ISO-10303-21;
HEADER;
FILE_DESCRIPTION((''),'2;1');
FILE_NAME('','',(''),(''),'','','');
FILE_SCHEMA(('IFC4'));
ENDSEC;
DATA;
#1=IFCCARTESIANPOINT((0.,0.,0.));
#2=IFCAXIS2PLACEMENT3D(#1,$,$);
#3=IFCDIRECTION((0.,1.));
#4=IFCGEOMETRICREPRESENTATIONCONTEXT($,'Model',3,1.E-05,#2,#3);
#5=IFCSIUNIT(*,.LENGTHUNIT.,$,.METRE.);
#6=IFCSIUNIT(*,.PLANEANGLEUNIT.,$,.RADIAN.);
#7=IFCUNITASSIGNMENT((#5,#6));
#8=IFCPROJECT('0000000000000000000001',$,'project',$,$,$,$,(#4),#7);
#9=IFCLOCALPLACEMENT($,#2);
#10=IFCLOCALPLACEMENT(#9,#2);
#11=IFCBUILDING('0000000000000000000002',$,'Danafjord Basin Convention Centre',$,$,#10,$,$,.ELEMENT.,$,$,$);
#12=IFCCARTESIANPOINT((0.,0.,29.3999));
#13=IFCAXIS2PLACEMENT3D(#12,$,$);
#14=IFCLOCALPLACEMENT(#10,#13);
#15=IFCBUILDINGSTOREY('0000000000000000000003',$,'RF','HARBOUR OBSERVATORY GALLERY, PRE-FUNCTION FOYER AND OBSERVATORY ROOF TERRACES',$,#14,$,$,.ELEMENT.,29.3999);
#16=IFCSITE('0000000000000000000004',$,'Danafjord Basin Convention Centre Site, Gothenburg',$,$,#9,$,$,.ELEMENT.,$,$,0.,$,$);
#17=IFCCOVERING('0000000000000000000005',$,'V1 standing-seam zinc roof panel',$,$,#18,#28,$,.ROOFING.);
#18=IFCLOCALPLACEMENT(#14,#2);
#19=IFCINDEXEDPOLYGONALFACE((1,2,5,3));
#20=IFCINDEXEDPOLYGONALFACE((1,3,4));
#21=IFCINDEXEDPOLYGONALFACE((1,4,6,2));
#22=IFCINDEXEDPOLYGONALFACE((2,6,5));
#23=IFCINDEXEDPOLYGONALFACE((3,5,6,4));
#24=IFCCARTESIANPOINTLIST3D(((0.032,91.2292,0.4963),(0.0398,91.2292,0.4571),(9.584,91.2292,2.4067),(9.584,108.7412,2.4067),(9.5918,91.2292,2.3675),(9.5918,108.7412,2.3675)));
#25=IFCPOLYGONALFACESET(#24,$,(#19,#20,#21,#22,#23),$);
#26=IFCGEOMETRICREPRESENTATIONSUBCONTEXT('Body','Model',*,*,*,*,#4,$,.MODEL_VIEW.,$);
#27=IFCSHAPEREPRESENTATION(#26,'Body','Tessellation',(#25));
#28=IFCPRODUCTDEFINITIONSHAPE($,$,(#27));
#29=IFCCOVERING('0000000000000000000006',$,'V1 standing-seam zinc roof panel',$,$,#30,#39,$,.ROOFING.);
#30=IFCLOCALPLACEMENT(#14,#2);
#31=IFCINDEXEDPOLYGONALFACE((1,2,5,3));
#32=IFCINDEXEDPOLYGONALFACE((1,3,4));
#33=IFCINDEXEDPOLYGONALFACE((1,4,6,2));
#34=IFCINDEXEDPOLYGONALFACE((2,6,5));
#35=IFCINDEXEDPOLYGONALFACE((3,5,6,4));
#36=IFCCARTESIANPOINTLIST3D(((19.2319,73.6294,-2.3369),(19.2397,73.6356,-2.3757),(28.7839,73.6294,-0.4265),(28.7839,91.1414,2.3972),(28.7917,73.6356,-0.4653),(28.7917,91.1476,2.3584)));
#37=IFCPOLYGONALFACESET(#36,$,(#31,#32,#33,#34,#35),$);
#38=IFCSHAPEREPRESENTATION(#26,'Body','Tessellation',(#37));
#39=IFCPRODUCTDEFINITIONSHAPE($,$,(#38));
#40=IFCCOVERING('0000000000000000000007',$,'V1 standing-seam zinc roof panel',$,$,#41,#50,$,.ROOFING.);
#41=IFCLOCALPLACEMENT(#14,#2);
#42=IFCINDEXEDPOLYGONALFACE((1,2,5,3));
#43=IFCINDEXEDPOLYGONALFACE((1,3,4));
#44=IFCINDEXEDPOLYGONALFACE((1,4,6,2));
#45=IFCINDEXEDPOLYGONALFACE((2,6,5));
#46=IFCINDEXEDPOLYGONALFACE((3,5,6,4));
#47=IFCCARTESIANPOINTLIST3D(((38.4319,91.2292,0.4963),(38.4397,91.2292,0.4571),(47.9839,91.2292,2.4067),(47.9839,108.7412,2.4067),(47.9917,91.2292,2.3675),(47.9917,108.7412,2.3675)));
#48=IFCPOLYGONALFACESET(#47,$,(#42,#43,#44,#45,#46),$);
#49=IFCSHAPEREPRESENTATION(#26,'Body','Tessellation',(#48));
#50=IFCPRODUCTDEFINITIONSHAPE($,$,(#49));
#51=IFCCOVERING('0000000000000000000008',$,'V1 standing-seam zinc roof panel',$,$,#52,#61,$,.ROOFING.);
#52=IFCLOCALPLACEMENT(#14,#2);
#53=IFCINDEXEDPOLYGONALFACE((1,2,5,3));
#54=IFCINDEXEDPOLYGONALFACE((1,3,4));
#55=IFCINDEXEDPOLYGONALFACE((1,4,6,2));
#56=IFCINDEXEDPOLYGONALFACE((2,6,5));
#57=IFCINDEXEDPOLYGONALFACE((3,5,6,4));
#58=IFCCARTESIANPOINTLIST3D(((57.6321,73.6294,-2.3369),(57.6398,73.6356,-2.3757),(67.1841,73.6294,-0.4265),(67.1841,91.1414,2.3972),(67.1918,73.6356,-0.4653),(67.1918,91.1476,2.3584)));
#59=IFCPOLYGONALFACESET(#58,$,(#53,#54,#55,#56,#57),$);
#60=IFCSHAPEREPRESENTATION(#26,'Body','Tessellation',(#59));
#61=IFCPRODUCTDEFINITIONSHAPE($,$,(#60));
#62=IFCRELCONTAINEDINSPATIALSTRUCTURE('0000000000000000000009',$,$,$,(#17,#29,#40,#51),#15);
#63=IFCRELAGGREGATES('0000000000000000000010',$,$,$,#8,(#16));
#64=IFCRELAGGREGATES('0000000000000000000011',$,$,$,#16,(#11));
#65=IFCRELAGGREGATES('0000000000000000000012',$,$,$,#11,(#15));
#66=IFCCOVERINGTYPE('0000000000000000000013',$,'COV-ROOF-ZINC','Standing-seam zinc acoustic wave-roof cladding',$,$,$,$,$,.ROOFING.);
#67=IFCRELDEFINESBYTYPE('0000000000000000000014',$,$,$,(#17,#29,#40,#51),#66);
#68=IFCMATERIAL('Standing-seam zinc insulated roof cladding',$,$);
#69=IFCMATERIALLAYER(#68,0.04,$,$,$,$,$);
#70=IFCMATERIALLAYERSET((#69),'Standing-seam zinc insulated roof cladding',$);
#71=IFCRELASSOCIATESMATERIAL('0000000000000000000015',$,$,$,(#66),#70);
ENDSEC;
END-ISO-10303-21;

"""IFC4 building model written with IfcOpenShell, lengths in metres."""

from ifc_helpers import new_model, si_unit, direction, frame, origin, place, context, subcontext, project, spatial, polyline, outline, extrude, material, layer, layer_set, type_object, element, save


model = new_model("IFC4")

# Units and contexts
model_context = context("Model", 3, precision=1e-05, world=origin(), true_north=direction((0.0, 1.0)))
body_context = subcontext(model_context, "Body", "Model", "MODEL_VIEW")
ifc_project = project(units=[si_unit("LENGTHUNIT", "METRE"), si_unit("PLANEANGLEUNIT", "RADIAN")], contexts=[model_context])

# Site, building, storey
site_placement = place(None, origin())
site = spatial("IfcSite", under=ifc_project, at=site_placement, Name="Danafjord Basin Convention Centre Site, Gothenburg", CompositionType="ELEMENT", RefElevation=0.0)
building_placement = place(site_placement, origin())
building = spatial("IfcBuilding", under=site, at=building_placement, Name="Danafjord Basin Convention Centre", CompositionType="ELEMENT")
storey_placement = place(building_placement, frame((0.0, 0.0, 29.3999)))
storey = spatial("IfcBuildingStorey", under=building, at=storey_placement, Name="RF", Description="HARBOUR OBSERVATORY GALLERY, PRE-FUNCTION FOYER AND OBSERVATORY ROOF TERRACES", CompositionType="ELEMENT", Elevation=29.3999)

# Coverings
ifc_material_1 = material(Name="Standing-seam zinc insulated roof cladding")
ifc_layer_1 = layer(ifc_material_1, 0.04)
ifc_layer_set_1 = layer_set([ifc_layer_1], Name="Standing-seam zinc insulated roof cladding")
covering_type = type_object("IfcCoveringType", Name="COV-ROOF-ZINC", Description="Standing-seam zinc acoustic wave-roof cladding", PredefinedType="ROOFING", material=ifc_layer_set_1)
covering_1_placement = place(storey_placement, frame((0.032, 91.2292, 0.4963), z_axis=(-0.196116, 0.0, 0.980581), x_axis=(0.980581, 0.0, 0.196116)))
element("IfcCovering", 1, at=covering_1_placement, inside=storey, type_object=covering_type, Name="V1 standing-seam zinc roof panel", PredefinedType="ROOFING", context=body_context, shape_type="SweptSolid", body=[
    extrude(outline(polyline([(0.0, 0.0), (9.7412, 0.0), (9.7412, 17.512), (0.0, 0.0)])), origin(), (0.0, 0.0, -1.0), 0.04),
])
covering_2_placement = place(storey_placement, frame((19.2319, 73.6294, -2.3369), z_axis=(-0.19371, -0.156174, 0.968548), x_axis=(0.980581, 0.0, 0.196116)))
element("IfcCovering", 2, at=covering_2_placement, inside=storey, type_object=covering_type, Name="V1 standing-seam zinc roof panel", PredefinedType="ROOFING", context=body_context, shape_type="SweptSolid", body=[
    extrude(outline(polyline([(0.0, 0.0), (9.7412, 0.0), (10.2949, 17.7295), (0.0, 0.0)])), origin(), (0.0, 0.0, -1.0), 0.04),
])
covering_3_placement = place(storey_placement, frame((38.4319, 91.2292, 0.4963), z_axis=(-0.196116, 0.0, 0.980581), x_axis=(0.980581, 0.0, 0.196116)))
element("IfcCovering", 3, at=covering_3_placement, inside=storey, type_object=covering_type, Name="V1 standing-seam zinc roof panel", PredefinedType="ROOFING", context=body_context, shape_type="SweptSolid", body=[
    extrude(outline(polyline([(0.0, 0.0), (9.7412, 0.0), (9.7412, 17.512), (0.0, 0.0)])), origin(), (0.0, 0.0, -1.0), 0.04),
])
covering_4_placement = place(storey_placement, frame((57.6321, 73.6294, -2.3369), z_axis=(-0.19371, -0.156174, 0.968548), x_axis=(0.980581, 0.0, 0.196116)))
element("IfcCovering", 4, at=covering_4_placement, inside=storey, type_object=covering_type, Name="V1 standing-seam zinc roof panel", PredefinedType="ROOFING", context=body_context, shape_type="SweptSolid", body=[
    extrude(outline(polyline([(0.0, 0.0), (9.7412, 0.0), (10.2949, 17.7295), (0.0, 0.0)])), origin(), (0.0, 0.0, -1.0), 0.04),
])

save(model, "model.ifc")
